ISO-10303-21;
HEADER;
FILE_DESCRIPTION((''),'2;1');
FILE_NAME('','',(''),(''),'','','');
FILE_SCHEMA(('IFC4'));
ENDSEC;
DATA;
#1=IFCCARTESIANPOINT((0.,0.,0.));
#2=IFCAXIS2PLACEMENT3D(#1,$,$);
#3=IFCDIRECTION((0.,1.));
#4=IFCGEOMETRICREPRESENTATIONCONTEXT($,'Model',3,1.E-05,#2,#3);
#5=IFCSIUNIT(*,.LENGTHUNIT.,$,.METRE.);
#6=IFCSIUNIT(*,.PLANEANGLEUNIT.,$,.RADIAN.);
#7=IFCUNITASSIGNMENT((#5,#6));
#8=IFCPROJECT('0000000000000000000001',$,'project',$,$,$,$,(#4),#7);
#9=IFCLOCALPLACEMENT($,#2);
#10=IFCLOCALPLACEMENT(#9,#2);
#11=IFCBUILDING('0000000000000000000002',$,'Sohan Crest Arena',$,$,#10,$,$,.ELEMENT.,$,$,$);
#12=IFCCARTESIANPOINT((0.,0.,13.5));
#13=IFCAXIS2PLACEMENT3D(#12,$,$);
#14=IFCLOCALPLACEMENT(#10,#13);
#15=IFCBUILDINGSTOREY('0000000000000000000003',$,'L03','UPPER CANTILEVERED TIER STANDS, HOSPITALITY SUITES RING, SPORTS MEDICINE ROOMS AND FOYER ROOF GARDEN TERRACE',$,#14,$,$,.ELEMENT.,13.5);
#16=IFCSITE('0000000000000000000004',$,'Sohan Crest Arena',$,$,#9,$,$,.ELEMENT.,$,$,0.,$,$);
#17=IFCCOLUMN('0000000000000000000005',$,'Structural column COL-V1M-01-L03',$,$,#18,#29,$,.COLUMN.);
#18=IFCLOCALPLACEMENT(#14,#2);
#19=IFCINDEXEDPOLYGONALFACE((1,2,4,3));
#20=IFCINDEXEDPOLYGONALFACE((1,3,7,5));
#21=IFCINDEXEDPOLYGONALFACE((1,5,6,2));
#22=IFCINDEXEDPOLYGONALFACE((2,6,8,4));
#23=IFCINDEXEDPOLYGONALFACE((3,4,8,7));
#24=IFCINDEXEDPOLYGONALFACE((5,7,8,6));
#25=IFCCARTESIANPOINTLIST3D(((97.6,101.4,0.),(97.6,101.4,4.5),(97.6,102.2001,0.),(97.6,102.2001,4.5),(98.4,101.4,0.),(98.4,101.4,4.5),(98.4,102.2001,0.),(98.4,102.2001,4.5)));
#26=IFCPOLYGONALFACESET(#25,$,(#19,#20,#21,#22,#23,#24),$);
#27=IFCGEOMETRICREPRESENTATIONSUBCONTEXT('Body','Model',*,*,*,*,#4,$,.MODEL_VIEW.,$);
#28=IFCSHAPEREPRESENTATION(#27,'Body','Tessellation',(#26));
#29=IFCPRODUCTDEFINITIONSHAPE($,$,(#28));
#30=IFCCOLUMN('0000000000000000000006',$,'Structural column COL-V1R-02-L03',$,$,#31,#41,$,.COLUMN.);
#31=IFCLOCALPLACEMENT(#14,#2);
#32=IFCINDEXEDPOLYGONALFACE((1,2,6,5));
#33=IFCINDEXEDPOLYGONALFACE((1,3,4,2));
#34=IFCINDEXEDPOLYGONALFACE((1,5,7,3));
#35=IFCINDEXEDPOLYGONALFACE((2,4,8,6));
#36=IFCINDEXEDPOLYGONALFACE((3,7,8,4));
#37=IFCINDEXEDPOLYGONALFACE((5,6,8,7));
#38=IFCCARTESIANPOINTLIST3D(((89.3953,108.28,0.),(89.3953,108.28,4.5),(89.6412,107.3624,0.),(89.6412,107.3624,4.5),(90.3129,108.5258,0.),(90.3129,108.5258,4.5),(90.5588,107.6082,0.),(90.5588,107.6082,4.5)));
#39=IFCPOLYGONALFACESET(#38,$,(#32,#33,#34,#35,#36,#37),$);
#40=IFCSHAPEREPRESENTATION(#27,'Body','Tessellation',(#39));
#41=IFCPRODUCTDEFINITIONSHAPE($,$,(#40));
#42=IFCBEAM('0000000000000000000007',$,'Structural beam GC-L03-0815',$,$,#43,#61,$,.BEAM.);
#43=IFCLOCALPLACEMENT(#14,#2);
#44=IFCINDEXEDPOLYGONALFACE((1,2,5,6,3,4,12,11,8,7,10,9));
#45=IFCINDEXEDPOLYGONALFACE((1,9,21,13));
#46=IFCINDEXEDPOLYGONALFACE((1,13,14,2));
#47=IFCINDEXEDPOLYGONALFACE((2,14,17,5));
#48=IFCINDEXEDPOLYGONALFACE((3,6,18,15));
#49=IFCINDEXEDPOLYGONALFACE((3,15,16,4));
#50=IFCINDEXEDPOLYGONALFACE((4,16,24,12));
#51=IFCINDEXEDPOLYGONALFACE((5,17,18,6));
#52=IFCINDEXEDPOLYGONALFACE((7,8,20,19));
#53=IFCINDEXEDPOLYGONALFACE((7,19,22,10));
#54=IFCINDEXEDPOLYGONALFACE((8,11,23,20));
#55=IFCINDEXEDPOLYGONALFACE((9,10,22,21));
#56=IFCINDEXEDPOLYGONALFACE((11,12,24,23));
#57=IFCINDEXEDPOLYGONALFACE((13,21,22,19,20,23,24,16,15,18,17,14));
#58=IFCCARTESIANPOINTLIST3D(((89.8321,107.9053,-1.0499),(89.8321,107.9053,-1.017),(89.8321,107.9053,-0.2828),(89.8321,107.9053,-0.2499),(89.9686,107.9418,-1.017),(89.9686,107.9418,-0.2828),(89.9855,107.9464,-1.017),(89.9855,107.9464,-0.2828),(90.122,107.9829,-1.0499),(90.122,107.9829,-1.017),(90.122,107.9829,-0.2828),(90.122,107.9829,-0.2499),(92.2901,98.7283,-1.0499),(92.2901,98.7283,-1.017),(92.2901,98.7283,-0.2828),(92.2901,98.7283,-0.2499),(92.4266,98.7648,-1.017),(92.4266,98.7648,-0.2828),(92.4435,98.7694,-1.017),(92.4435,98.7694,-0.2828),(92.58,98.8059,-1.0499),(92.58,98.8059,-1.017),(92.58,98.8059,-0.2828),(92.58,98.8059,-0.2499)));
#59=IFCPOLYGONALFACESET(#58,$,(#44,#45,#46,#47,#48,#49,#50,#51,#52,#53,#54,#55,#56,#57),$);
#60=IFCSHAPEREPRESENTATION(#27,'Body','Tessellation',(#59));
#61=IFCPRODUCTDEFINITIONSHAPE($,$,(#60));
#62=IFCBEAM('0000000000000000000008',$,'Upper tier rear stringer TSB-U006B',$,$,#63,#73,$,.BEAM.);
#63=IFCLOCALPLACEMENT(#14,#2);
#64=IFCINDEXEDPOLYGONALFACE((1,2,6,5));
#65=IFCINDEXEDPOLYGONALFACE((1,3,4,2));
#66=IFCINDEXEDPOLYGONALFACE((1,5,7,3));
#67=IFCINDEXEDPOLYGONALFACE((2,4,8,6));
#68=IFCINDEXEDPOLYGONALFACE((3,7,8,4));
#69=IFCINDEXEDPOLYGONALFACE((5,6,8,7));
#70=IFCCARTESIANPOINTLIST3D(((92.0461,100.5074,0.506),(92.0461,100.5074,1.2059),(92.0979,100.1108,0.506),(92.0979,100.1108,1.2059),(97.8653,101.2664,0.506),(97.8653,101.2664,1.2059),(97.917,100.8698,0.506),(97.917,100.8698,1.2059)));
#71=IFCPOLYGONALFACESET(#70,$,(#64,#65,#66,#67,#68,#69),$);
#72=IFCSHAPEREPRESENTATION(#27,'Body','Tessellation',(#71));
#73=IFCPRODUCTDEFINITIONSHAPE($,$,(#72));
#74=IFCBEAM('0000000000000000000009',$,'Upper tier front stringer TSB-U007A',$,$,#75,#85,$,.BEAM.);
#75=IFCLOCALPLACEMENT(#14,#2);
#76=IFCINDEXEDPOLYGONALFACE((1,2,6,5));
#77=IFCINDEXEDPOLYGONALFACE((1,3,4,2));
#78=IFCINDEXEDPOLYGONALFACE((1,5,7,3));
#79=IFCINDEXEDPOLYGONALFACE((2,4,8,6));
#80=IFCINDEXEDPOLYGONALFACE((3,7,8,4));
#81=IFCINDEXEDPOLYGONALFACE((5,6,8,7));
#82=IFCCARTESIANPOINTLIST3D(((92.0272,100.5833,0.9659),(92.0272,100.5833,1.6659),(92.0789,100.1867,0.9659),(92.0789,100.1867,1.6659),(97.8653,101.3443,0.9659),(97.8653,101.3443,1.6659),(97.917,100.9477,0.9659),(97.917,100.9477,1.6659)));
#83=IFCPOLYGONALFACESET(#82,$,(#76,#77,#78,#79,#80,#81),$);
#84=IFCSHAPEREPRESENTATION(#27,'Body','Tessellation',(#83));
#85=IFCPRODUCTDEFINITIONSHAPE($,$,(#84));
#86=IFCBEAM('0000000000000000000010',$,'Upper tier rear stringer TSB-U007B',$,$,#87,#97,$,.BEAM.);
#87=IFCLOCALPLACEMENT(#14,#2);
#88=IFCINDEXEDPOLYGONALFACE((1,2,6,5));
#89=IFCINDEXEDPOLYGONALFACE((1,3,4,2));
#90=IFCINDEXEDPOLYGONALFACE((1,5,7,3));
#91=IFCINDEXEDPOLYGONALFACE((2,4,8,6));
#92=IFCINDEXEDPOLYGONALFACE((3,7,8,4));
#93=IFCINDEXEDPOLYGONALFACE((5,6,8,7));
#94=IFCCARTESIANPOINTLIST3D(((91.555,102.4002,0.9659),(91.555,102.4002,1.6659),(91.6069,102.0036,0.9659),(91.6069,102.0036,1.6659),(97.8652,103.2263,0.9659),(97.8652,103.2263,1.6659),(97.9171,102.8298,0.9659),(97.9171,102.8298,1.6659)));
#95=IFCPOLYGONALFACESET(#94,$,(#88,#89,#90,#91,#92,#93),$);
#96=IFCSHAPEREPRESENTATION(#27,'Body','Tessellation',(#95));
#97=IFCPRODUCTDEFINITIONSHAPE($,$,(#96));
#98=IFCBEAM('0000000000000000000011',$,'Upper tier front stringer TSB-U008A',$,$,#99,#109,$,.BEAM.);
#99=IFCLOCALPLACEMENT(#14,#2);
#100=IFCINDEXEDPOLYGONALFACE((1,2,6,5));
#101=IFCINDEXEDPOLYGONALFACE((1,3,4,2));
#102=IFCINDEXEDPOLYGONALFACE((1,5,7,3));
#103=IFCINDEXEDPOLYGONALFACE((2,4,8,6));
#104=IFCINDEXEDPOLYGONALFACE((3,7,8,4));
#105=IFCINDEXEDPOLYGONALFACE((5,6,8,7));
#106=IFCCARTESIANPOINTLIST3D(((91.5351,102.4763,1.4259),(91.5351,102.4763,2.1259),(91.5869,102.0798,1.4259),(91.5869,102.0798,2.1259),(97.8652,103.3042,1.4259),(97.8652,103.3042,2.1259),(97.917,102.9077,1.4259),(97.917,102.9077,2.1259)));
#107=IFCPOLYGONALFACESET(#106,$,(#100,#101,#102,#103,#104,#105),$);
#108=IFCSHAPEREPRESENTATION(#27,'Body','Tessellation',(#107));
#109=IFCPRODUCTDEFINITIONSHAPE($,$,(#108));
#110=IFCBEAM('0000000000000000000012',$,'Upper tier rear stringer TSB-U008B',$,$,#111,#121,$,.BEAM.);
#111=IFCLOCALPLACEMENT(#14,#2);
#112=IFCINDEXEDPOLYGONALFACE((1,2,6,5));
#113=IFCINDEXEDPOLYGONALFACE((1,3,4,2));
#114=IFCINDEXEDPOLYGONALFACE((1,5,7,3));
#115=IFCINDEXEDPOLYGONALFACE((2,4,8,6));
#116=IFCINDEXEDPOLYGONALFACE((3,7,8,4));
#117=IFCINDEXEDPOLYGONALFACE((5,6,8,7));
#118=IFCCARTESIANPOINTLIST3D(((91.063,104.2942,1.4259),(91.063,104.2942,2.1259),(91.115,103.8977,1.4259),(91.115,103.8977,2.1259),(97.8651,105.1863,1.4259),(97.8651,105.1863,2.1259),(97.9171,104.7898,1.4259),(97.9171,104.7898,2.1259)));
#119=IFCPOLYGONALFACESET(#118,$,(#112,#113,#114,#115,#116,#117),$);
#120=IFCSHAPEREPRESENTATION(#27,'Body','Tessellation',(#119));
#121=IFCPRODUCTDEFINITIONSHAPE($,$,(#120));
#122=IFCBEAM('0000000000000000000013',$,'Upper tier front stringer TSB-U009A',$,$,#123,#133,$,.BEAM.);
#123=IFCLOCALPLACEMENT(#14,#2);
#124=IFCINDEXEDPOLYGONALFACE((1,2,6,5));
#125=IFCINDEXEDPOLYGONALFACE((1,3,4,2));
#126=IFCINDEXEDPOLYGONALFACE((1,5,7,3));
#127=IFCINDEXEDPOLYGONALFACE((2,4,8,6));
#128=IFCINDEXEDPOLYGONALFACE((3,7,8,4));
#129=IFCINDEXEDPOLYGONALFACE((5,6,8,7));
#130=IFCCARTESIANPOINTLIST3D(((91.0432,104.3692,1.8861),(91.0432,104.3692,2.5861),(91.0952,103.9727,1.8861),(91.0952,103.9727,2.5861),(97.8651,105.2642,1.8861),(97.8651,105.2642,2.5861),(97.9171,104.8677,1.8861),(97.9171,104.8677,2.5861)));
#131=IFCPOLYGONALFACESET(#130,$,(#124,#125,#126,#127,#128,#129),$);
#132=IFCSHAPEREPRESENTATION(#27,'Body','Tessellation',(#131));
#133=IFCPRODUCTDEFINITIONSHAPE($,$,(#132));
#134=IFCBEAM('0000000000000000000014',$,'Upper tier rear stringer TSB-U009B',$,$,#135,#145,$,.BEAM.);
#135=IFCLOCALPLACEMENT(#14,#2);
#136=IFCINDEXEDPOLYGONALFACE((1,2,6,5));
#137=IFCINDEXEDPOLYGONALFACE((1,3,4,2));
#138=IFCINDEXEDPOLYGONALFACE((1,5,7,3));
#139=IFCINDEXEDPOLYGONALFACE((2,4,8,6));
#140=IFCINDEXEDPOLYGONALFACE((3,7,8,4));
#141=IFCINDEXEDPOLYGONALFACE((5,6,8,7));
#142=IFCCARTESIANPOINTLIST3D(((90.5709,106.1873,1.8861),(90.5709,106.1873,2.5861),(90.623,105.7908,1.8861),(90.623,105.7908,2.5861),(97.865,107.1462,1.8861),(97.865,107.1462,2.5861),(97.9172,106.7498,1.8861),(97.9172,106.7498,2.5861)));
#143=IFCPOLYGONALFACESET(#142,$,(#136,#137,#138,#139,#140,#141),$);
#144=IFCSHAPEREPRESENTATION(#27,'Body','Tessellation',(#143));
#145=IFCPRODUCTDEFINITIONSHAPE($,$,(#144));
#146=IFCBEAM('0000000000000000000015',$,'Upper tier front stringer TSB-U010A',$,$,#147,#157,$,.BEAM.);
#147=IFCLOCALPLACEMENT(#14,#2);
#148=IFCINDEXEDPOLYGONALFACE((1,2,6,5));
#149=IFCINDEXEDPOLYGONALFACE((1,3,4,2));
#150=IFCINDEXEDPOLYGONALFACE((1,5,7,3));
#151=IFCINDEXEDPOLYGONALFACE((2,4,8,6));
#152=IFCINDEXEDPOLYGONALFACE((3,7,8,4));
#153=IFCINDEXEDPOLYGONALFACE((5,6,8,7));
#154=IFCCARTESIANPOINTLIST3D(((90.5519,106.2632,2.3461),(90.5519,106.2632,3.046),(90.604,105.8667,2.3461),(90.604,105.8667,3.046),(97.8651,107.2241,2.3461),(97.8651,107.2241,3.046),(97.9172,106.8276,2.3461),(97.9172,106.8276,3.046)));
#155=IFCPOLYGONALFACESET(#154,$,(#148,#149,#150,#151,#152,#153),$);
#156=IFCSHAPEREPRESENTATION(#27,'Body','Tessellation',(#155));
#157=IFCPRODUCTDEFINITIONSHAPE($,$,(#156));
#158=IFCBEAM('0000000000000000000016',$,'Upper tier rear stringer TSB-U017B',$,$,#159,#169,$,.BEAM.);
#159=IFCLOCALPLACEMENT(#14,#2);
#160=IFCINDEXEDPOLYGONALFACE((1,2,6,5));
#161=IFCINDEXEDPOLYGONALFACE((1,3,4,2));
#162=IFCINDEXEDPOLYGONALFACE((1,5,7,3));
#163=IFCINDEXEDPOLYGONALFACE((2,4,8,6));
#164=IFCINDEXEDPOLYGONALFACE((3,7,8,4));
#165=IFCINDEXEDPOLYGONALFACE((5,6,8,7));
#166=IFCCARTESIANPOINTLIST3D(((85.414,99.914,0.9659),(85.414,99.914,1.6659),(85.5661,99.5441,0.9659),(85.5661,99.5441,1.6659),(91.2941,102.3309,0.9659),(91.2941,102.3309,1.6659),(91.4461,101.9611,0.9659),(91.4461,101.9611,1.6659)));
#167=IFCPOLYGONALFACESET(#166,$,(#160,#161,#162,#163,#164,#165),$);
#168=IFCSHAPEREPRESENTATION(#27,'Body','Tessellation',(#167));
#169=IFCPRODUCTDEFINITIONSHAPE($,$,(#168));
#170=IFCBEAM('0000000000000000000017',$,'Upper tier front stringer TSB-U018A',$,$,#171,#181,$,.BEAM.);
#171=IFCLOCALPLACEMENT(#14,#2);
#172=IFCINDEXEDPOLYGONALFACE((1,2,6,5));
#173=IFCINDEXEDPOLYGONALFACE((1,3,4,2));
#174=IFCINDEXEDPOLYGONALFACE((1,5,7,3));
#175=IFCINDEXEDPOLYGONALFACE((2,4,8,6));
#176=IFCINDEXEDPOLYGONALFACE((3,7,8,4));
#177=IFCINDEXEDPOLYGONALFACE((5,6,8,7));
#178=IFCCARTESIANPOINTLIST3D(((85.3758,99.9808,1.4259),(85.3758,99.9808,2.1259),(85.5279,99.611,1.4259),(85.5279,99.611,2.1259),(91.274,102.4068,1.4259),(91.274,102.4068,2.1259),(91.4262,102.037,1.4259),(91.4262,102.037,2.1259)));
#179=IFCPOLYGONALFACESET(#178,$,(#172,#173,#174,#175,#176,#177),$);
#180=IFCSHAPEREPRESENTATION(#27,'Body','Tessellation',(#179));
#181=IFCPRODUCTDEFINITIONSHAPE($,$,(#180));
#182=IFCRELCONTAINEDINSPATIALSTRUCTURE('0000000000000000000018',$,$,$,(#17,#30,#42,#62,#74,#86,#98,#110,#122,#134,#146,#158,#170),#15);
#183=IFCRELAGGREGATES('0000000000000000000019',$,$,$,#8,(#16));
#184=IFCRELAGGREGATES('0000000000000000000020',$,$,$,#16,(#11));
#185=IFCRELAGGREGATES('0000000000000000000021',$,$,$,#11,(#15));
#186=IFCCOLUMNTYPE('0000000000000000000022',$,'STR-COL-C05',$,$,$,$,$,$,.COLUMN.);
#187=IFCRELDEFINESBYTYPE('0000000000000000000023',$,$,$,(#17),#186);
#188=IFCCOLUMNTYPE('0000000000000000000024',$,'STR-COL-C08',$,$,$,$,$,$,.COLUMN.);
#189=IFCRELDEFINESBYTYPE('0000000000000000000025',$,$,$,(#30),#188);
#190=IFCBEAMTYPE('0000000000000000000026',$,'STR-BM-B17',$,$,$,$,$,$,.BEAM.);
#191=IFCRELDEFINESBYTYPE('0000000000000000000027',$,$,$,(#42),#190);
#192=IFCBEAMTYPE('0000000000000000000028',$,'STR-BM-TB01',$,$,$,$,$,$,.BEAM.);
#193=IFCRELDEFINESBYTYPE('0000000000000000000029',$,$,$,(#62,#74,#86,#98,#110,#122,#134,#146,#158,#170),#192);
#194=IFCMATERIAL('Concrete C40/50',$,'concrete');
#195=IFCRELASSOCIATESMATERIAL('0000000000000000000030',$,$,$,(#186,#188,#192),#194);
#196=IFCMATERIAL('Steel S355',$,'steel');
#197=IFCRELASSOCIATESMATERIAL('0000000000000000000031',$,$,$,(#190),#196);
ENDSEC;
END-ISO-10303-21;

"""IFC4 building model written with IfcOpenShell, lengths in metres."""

from ifc_helpers import new_model, si_unit, direction, frame, origin, origin_2d, place, context, subcontext, project, spatial, rectangle, i_section, extrude, material, material_profile, profile_set, type_object, element, save


model = new_model("IFC4")

# Units and contexts
model_context = context("Model", 3, precision=1e-05, world=origin(), true_north=direction((0.0, 1.0)))
body_context = subcontext(model_context, "Body", "Model", "MODEL_VIEW")
ifc_project = project(units=[si_unit("LENGTHUNIT", "METRE"), si_unit("PLANEANGLEUNIT", "RADIAN")], contexts=[model_context])

# Site, building, storey
site_placement = place(None, origin())
site = spatial("IfcSite", under=ifc_project, at=site_placement, Name="Sohan Crest Arena", CompositionType="ELEMENT", RefElevation=0.0)
building_placement = place(site_placement, origin())
building = spatial("IfcBuilding", under=site, at=building_placement, Name="Sohan Crest Arena", CompositionType="ELEMENT")
storey_placement = place(building_placement, frame((0.0, 0.0, 13.5)))
storey = spatial("IfcBuildingStorey", under=building, at=storey_placement, Name="L03", Description="UPPER CANTILEVERED TIER STANDS, HOSPITALITY SUITES RING, SPORTS MEDICINE ROOMS AND FOYER ROOF GARDEN TERRACE", CompositionType="ELEMENT", Elevation=13.5)

# Columns
ifc_material_1 = material(Name="Concrete C40/50", Category="concrete")
ifc_material_profile_1 = material_profile(ifc_material_1, rectangle(XDim=0.8, YDim=0.8, at=origin_2d()), Name="RC 800x800")
ifc_profile_set_1 = profile_set([ifc_material_profile_1], Name="Concrete C40/50")
column_type_1 = type_object("IfcColumnType", Name="STR-COL-C05", PredefinedType="COLUMN", material=ifc_profile_set_1)
column_1_placement = place(storey_placement, frame((98.0, 101.8, 0.0), z_axis=(0.0, 0.0, 1.0), x_axis=(1.0, 0.0, 0.0)))
element("IfcColumn", 1, at=column_1_placement, inside=storey, type_object=column_type_1, Name="Structural column COL-V1M-01-L03", PredefinedType="COLUMN", context=body_context, shape_type="SweptSolid", body=[
    extrude(rectangle(XDim=0.8, YDim=0.8, at=origin_2d()), origin(), (0.0, 0.0, 1.0), 4.5),
])
ifc_material_profile_2 = material_profile(ifc_material_1, rectangle(XDim=0.95, YDim=0.95, at=origin_2d()), Name="RC 950x950")
ifc_profile_set_2 = profile_set([ifc_material_profile_2], Name="Concrete C40/50")
column_type_2 = type_object("IfcColumnType", Name="STR-COL-C08", PredefinedType="COLUMN", material=ifc_profile_set_2)
column_2_placement = place(storey_placement, frame((89.9771, 107.9441, 0.0), z_axis=(0.0, 0.0, 1.0), x_axis=(-0.258819, 0.965926, 0.0)))
element("IfcColumn", 2, at=column_2_placement, inside=storey, type_object=column_type_2, Name="Structural column COL-V1R-02-L03", PredefinedType="COLUMN", context=body_context, shape_type="SweptSolid", body=[
    extrude(rectangle(XDim=0.95, YDim=0.95, at=origin_2d()), origin(), (0.0, 0.0, 1.0), 4.5),
])

# Beams
ifc_material_2 = material(Name="Steel S355", Category="steel")
ifc_material_profile_3 = material_profile(ifc_material_2, i_section(OverallWidth=0.3, OverallDepth=0.8, WebThickness=0.0176, FlangeThickness=0.033, at=origin_2d()), Name="HEB 800")
ifc_profile_set_3 = profile_set([ifc_material_profile_3], Name="Steel S355")
beam_type_1 = type_object("IfcBeamType", Name="STR-BM-B17", PredefinedType="BEAM", material=ifc_profile_set_3)
beam_1_placement = place(storey_placement, frame((89.9771, 107.9441, -0.6499), z_axis=(0.258725, -0.965951, 0.0), x_axis=(0.965951, 0.258725, 0.0)))
element("IfcBeam", 3, at=beam_1_placement, inside=storey, type_object=beam_type_1, Name="Structural beam GC-L03-0815", PredefinedType="BEAM", context=body_context, shape_type="SweptSolid", body=[
    extrude(i_section(OverallWidth=0.3, OverallDepth=0.8, WebThickness=0.0176, FlangeThickness=0.033, at=origin_2d()), origin(), (0.0, 0.0, 1.0), 9.5005),
])
ifc_material_profile_4 = material_profile(ifc_material_1, rectangle(XDim=0.3999, YDim=0.7, at=origin_2d()), Name="RC-BM 400x700")
ifc_profile_set_4 = profile_set([ifc_material_profile_4], Name="Concrete C40/50")
beam_type_2 = type_object("IfcBeamType", Name="STR-BM-TB01", PredefinedType="BEAM", material=ifc_profile_set_4)
beam_2_placement = place(storey_placement, frame((97.8911, 101.0681, 0.856), z_axis=(-0.9916, -0.129343, 0.0), x_axis=(0.129343, -0.9916, 0.0)))
element("IfcBeam", 4, at=beam_2_placement, inside=storey, type_object=beam_type_2, Name="Upper tier rear stringer TSB-U006B", PredefinedType="BEAM", context=body_context, shape_type="SweptSolid", body=[
    extrude(rectangle(XDim=0.3999, YDim=0.7, at=origin_2d()), origin(), (0.0, 0.0, 1.0), 5.8684),
])
beam_3_placement = place(storey_placement, frame((97.8911, 101.146, 1.3159), z_axis=(-0.991612, -0.129254, 0.0), x_axis=(0.129254, -0.991612, 0.0)))
element("IfcBeam", 5, at=beam_3_placement, inside=storey, type_object=beam_type_2, Name="Upper tier front stringer TSB-U007A", PredefinedType="BEAM", context=body_context, shape_type="SweptSolid", body=[
    extrude(rectangle(XDim=0.3999, YDim=0.7, at=origin_2d()), origin(), (0.0, 0.0, 1.0), 5.8875),
])
beam_4_placement = place(storey_placement, frame((97.8911, 103.0281, 1.3159), z_axis=(-0.991537, -0.129821, 0.0), x_axis=(0.129821, -0.991537, 0.0)))
element("IfcBeam", 6, at=beam_4_placement, inside=storey, type_object=beam_type_2, Name="Upper tier rear stringer TSB-U007B", PredefinedType="BEAM", context=body_context, shape_type="SweptSolid", body=[
    extrude(rectangle(XDim=0.3999, YDim=0.7, at=origin_2d()), origin(), (0.0, 0.0, 1.0), 6.364),
])
beam_5_placement = place(storey_placement, frame((97.8911, 103.106, 1.7759), z_axis=(-0.991556, -0.129681, 0.0), x_axis=(0.129681, -0.991556, 0.0)))
element("IfcBeam", 7, at=beam_5_placement, inside=storey, type_object=beam_type_2, Name="Upper tier front stringer TSB-U008A", PredefinedType="BEAM", context=body_context, shape_type="SweptSolid", body=[
    extrude(rectangle(XDim=0.3999, YDim=0.7, at=origin_2d()), origin(), (0.0, 0.0, 1.0), 6.384),
])
beam_6_placement = place(storey_placement, frame((97.8911, 104.988, 1.7759), z_axis=(-0.991509, -0.130037, 0.0), x_axis=(0.130037, -0.991509, 0.0)))
element("IfcBeam", 8, at=beam_6_placement, inside=storey, type_object=beam_type_2, Name="Upper tier rear stringer TSB-U008B", PredefinedType="BEAM", context=body_context, shape_type="SweptSolid", body=[
    extrude(rectangle(XDim=0.3999, YDim=0.7, at=origin_2d()), origin(), (0.0, 0.0, 1.0), 6.8604),
])
beam_7_placement = place(storey_placement, frame((97.8911, 105.0659, 2.2361), z_axis=(-0.991503, -0.130081, 0.0), x_axis=(0.130081, -0.991503, 0.0)))
element("IfcBeam", 9, at=beam_7_placement, inside=storey, type_object=beam_type_2, Name="Upper tier front stringer TSB-U009A", PredefinedType="BEAM", context=body_context, shape_type="SweptSolid", body=[
    extrude(rectangle(XDim=0.3999, YDim=0.7, at=origin_2d()), origin(), (0.0, 0.0, 1.0), 6.8804),
])
beam_8_placement = place(storey_placement, frame((97.8911, 106.948, 2.2361), z_axis=(-0.991468, -0.130351, 0.0), x_axis=(0.130351, -0.991468, 0.0)))
element("IfcBeam", 10, at=beam_8_placement, inside=storey, type_object=beam_type_2, Name="Upper tier rear stringer TSB-U009B", PredefinedType="BEAM", context=body_context, shape_type="SweptSolid", body=[
    extrude(rectangle(XDim=0.3999, YDim=0.7, at=origin_2d()), origin(), (0.0, 0.0, 1.0), 7.3569),
])
beam_9_placement = place(storey_placement, frame((97.8911, 107.0259, 2.696), z_axis=(-0.991478, -0.130277, 0.0), x_axis=(0.130277, -0.991478, 0.0)))
element("IfcBeam", 11, at=beam_9_placement, inside=storey, type_object=beam_type_2, Name="Upper tier front stringer TSB-U010A", PredefinedType="BEAM", context=body_context, shape_type="SweptSolid", body=[
    extrude(rectangle(XDim=0.3999, YDim=0.7, at=origin_2d()), origin(), (0.0, 0.0, 1.0), 7.376),
])
beam_10_placement = place(storey_placement, frame((91.3701, 102.146, 1.3159), z_axis=(-0.924913, -0.38018, 0.0), x_axis=(0.38018, -0.924913, 0.0)))
element("IfcBeam", 12, at=beam_10_placement, inside=storey, type_object=beam_type_2, Name="Upper tier rear stringer TSB-U017B", PredefinedType="BEAM", context=body_context, shape_type="SweptSolid", body=[
    extrude(rectangle(XDim=0.3999, YDim=0.7, at=origin_2d()), origin(), (0.0, 0.0, 1.0), 6.3574),
])
beam_11_placement = place(storey_placement, frame((91.3501, 102.2219, 1.7759), z_axis=(-0.924824, -0.380396, 0.0), x_axis=(0.380396, -0.924824, 0.0)))
element("IfcBeam", 13, at=beam_11_placement, inside=storey, type_object=beam_type_2, Name="Upper tier front stringer TSB-U018A", PredefinedType="BEAM", context=body_context, shape_type="SweptSolid", body=[
    extrude(rectangle(XDim=0.3999, YDim=0.7, at=origin_2d()), origin(), (0.0, 0.0, 1.0), 6.3777),
])

save(model, "model.ifc")
